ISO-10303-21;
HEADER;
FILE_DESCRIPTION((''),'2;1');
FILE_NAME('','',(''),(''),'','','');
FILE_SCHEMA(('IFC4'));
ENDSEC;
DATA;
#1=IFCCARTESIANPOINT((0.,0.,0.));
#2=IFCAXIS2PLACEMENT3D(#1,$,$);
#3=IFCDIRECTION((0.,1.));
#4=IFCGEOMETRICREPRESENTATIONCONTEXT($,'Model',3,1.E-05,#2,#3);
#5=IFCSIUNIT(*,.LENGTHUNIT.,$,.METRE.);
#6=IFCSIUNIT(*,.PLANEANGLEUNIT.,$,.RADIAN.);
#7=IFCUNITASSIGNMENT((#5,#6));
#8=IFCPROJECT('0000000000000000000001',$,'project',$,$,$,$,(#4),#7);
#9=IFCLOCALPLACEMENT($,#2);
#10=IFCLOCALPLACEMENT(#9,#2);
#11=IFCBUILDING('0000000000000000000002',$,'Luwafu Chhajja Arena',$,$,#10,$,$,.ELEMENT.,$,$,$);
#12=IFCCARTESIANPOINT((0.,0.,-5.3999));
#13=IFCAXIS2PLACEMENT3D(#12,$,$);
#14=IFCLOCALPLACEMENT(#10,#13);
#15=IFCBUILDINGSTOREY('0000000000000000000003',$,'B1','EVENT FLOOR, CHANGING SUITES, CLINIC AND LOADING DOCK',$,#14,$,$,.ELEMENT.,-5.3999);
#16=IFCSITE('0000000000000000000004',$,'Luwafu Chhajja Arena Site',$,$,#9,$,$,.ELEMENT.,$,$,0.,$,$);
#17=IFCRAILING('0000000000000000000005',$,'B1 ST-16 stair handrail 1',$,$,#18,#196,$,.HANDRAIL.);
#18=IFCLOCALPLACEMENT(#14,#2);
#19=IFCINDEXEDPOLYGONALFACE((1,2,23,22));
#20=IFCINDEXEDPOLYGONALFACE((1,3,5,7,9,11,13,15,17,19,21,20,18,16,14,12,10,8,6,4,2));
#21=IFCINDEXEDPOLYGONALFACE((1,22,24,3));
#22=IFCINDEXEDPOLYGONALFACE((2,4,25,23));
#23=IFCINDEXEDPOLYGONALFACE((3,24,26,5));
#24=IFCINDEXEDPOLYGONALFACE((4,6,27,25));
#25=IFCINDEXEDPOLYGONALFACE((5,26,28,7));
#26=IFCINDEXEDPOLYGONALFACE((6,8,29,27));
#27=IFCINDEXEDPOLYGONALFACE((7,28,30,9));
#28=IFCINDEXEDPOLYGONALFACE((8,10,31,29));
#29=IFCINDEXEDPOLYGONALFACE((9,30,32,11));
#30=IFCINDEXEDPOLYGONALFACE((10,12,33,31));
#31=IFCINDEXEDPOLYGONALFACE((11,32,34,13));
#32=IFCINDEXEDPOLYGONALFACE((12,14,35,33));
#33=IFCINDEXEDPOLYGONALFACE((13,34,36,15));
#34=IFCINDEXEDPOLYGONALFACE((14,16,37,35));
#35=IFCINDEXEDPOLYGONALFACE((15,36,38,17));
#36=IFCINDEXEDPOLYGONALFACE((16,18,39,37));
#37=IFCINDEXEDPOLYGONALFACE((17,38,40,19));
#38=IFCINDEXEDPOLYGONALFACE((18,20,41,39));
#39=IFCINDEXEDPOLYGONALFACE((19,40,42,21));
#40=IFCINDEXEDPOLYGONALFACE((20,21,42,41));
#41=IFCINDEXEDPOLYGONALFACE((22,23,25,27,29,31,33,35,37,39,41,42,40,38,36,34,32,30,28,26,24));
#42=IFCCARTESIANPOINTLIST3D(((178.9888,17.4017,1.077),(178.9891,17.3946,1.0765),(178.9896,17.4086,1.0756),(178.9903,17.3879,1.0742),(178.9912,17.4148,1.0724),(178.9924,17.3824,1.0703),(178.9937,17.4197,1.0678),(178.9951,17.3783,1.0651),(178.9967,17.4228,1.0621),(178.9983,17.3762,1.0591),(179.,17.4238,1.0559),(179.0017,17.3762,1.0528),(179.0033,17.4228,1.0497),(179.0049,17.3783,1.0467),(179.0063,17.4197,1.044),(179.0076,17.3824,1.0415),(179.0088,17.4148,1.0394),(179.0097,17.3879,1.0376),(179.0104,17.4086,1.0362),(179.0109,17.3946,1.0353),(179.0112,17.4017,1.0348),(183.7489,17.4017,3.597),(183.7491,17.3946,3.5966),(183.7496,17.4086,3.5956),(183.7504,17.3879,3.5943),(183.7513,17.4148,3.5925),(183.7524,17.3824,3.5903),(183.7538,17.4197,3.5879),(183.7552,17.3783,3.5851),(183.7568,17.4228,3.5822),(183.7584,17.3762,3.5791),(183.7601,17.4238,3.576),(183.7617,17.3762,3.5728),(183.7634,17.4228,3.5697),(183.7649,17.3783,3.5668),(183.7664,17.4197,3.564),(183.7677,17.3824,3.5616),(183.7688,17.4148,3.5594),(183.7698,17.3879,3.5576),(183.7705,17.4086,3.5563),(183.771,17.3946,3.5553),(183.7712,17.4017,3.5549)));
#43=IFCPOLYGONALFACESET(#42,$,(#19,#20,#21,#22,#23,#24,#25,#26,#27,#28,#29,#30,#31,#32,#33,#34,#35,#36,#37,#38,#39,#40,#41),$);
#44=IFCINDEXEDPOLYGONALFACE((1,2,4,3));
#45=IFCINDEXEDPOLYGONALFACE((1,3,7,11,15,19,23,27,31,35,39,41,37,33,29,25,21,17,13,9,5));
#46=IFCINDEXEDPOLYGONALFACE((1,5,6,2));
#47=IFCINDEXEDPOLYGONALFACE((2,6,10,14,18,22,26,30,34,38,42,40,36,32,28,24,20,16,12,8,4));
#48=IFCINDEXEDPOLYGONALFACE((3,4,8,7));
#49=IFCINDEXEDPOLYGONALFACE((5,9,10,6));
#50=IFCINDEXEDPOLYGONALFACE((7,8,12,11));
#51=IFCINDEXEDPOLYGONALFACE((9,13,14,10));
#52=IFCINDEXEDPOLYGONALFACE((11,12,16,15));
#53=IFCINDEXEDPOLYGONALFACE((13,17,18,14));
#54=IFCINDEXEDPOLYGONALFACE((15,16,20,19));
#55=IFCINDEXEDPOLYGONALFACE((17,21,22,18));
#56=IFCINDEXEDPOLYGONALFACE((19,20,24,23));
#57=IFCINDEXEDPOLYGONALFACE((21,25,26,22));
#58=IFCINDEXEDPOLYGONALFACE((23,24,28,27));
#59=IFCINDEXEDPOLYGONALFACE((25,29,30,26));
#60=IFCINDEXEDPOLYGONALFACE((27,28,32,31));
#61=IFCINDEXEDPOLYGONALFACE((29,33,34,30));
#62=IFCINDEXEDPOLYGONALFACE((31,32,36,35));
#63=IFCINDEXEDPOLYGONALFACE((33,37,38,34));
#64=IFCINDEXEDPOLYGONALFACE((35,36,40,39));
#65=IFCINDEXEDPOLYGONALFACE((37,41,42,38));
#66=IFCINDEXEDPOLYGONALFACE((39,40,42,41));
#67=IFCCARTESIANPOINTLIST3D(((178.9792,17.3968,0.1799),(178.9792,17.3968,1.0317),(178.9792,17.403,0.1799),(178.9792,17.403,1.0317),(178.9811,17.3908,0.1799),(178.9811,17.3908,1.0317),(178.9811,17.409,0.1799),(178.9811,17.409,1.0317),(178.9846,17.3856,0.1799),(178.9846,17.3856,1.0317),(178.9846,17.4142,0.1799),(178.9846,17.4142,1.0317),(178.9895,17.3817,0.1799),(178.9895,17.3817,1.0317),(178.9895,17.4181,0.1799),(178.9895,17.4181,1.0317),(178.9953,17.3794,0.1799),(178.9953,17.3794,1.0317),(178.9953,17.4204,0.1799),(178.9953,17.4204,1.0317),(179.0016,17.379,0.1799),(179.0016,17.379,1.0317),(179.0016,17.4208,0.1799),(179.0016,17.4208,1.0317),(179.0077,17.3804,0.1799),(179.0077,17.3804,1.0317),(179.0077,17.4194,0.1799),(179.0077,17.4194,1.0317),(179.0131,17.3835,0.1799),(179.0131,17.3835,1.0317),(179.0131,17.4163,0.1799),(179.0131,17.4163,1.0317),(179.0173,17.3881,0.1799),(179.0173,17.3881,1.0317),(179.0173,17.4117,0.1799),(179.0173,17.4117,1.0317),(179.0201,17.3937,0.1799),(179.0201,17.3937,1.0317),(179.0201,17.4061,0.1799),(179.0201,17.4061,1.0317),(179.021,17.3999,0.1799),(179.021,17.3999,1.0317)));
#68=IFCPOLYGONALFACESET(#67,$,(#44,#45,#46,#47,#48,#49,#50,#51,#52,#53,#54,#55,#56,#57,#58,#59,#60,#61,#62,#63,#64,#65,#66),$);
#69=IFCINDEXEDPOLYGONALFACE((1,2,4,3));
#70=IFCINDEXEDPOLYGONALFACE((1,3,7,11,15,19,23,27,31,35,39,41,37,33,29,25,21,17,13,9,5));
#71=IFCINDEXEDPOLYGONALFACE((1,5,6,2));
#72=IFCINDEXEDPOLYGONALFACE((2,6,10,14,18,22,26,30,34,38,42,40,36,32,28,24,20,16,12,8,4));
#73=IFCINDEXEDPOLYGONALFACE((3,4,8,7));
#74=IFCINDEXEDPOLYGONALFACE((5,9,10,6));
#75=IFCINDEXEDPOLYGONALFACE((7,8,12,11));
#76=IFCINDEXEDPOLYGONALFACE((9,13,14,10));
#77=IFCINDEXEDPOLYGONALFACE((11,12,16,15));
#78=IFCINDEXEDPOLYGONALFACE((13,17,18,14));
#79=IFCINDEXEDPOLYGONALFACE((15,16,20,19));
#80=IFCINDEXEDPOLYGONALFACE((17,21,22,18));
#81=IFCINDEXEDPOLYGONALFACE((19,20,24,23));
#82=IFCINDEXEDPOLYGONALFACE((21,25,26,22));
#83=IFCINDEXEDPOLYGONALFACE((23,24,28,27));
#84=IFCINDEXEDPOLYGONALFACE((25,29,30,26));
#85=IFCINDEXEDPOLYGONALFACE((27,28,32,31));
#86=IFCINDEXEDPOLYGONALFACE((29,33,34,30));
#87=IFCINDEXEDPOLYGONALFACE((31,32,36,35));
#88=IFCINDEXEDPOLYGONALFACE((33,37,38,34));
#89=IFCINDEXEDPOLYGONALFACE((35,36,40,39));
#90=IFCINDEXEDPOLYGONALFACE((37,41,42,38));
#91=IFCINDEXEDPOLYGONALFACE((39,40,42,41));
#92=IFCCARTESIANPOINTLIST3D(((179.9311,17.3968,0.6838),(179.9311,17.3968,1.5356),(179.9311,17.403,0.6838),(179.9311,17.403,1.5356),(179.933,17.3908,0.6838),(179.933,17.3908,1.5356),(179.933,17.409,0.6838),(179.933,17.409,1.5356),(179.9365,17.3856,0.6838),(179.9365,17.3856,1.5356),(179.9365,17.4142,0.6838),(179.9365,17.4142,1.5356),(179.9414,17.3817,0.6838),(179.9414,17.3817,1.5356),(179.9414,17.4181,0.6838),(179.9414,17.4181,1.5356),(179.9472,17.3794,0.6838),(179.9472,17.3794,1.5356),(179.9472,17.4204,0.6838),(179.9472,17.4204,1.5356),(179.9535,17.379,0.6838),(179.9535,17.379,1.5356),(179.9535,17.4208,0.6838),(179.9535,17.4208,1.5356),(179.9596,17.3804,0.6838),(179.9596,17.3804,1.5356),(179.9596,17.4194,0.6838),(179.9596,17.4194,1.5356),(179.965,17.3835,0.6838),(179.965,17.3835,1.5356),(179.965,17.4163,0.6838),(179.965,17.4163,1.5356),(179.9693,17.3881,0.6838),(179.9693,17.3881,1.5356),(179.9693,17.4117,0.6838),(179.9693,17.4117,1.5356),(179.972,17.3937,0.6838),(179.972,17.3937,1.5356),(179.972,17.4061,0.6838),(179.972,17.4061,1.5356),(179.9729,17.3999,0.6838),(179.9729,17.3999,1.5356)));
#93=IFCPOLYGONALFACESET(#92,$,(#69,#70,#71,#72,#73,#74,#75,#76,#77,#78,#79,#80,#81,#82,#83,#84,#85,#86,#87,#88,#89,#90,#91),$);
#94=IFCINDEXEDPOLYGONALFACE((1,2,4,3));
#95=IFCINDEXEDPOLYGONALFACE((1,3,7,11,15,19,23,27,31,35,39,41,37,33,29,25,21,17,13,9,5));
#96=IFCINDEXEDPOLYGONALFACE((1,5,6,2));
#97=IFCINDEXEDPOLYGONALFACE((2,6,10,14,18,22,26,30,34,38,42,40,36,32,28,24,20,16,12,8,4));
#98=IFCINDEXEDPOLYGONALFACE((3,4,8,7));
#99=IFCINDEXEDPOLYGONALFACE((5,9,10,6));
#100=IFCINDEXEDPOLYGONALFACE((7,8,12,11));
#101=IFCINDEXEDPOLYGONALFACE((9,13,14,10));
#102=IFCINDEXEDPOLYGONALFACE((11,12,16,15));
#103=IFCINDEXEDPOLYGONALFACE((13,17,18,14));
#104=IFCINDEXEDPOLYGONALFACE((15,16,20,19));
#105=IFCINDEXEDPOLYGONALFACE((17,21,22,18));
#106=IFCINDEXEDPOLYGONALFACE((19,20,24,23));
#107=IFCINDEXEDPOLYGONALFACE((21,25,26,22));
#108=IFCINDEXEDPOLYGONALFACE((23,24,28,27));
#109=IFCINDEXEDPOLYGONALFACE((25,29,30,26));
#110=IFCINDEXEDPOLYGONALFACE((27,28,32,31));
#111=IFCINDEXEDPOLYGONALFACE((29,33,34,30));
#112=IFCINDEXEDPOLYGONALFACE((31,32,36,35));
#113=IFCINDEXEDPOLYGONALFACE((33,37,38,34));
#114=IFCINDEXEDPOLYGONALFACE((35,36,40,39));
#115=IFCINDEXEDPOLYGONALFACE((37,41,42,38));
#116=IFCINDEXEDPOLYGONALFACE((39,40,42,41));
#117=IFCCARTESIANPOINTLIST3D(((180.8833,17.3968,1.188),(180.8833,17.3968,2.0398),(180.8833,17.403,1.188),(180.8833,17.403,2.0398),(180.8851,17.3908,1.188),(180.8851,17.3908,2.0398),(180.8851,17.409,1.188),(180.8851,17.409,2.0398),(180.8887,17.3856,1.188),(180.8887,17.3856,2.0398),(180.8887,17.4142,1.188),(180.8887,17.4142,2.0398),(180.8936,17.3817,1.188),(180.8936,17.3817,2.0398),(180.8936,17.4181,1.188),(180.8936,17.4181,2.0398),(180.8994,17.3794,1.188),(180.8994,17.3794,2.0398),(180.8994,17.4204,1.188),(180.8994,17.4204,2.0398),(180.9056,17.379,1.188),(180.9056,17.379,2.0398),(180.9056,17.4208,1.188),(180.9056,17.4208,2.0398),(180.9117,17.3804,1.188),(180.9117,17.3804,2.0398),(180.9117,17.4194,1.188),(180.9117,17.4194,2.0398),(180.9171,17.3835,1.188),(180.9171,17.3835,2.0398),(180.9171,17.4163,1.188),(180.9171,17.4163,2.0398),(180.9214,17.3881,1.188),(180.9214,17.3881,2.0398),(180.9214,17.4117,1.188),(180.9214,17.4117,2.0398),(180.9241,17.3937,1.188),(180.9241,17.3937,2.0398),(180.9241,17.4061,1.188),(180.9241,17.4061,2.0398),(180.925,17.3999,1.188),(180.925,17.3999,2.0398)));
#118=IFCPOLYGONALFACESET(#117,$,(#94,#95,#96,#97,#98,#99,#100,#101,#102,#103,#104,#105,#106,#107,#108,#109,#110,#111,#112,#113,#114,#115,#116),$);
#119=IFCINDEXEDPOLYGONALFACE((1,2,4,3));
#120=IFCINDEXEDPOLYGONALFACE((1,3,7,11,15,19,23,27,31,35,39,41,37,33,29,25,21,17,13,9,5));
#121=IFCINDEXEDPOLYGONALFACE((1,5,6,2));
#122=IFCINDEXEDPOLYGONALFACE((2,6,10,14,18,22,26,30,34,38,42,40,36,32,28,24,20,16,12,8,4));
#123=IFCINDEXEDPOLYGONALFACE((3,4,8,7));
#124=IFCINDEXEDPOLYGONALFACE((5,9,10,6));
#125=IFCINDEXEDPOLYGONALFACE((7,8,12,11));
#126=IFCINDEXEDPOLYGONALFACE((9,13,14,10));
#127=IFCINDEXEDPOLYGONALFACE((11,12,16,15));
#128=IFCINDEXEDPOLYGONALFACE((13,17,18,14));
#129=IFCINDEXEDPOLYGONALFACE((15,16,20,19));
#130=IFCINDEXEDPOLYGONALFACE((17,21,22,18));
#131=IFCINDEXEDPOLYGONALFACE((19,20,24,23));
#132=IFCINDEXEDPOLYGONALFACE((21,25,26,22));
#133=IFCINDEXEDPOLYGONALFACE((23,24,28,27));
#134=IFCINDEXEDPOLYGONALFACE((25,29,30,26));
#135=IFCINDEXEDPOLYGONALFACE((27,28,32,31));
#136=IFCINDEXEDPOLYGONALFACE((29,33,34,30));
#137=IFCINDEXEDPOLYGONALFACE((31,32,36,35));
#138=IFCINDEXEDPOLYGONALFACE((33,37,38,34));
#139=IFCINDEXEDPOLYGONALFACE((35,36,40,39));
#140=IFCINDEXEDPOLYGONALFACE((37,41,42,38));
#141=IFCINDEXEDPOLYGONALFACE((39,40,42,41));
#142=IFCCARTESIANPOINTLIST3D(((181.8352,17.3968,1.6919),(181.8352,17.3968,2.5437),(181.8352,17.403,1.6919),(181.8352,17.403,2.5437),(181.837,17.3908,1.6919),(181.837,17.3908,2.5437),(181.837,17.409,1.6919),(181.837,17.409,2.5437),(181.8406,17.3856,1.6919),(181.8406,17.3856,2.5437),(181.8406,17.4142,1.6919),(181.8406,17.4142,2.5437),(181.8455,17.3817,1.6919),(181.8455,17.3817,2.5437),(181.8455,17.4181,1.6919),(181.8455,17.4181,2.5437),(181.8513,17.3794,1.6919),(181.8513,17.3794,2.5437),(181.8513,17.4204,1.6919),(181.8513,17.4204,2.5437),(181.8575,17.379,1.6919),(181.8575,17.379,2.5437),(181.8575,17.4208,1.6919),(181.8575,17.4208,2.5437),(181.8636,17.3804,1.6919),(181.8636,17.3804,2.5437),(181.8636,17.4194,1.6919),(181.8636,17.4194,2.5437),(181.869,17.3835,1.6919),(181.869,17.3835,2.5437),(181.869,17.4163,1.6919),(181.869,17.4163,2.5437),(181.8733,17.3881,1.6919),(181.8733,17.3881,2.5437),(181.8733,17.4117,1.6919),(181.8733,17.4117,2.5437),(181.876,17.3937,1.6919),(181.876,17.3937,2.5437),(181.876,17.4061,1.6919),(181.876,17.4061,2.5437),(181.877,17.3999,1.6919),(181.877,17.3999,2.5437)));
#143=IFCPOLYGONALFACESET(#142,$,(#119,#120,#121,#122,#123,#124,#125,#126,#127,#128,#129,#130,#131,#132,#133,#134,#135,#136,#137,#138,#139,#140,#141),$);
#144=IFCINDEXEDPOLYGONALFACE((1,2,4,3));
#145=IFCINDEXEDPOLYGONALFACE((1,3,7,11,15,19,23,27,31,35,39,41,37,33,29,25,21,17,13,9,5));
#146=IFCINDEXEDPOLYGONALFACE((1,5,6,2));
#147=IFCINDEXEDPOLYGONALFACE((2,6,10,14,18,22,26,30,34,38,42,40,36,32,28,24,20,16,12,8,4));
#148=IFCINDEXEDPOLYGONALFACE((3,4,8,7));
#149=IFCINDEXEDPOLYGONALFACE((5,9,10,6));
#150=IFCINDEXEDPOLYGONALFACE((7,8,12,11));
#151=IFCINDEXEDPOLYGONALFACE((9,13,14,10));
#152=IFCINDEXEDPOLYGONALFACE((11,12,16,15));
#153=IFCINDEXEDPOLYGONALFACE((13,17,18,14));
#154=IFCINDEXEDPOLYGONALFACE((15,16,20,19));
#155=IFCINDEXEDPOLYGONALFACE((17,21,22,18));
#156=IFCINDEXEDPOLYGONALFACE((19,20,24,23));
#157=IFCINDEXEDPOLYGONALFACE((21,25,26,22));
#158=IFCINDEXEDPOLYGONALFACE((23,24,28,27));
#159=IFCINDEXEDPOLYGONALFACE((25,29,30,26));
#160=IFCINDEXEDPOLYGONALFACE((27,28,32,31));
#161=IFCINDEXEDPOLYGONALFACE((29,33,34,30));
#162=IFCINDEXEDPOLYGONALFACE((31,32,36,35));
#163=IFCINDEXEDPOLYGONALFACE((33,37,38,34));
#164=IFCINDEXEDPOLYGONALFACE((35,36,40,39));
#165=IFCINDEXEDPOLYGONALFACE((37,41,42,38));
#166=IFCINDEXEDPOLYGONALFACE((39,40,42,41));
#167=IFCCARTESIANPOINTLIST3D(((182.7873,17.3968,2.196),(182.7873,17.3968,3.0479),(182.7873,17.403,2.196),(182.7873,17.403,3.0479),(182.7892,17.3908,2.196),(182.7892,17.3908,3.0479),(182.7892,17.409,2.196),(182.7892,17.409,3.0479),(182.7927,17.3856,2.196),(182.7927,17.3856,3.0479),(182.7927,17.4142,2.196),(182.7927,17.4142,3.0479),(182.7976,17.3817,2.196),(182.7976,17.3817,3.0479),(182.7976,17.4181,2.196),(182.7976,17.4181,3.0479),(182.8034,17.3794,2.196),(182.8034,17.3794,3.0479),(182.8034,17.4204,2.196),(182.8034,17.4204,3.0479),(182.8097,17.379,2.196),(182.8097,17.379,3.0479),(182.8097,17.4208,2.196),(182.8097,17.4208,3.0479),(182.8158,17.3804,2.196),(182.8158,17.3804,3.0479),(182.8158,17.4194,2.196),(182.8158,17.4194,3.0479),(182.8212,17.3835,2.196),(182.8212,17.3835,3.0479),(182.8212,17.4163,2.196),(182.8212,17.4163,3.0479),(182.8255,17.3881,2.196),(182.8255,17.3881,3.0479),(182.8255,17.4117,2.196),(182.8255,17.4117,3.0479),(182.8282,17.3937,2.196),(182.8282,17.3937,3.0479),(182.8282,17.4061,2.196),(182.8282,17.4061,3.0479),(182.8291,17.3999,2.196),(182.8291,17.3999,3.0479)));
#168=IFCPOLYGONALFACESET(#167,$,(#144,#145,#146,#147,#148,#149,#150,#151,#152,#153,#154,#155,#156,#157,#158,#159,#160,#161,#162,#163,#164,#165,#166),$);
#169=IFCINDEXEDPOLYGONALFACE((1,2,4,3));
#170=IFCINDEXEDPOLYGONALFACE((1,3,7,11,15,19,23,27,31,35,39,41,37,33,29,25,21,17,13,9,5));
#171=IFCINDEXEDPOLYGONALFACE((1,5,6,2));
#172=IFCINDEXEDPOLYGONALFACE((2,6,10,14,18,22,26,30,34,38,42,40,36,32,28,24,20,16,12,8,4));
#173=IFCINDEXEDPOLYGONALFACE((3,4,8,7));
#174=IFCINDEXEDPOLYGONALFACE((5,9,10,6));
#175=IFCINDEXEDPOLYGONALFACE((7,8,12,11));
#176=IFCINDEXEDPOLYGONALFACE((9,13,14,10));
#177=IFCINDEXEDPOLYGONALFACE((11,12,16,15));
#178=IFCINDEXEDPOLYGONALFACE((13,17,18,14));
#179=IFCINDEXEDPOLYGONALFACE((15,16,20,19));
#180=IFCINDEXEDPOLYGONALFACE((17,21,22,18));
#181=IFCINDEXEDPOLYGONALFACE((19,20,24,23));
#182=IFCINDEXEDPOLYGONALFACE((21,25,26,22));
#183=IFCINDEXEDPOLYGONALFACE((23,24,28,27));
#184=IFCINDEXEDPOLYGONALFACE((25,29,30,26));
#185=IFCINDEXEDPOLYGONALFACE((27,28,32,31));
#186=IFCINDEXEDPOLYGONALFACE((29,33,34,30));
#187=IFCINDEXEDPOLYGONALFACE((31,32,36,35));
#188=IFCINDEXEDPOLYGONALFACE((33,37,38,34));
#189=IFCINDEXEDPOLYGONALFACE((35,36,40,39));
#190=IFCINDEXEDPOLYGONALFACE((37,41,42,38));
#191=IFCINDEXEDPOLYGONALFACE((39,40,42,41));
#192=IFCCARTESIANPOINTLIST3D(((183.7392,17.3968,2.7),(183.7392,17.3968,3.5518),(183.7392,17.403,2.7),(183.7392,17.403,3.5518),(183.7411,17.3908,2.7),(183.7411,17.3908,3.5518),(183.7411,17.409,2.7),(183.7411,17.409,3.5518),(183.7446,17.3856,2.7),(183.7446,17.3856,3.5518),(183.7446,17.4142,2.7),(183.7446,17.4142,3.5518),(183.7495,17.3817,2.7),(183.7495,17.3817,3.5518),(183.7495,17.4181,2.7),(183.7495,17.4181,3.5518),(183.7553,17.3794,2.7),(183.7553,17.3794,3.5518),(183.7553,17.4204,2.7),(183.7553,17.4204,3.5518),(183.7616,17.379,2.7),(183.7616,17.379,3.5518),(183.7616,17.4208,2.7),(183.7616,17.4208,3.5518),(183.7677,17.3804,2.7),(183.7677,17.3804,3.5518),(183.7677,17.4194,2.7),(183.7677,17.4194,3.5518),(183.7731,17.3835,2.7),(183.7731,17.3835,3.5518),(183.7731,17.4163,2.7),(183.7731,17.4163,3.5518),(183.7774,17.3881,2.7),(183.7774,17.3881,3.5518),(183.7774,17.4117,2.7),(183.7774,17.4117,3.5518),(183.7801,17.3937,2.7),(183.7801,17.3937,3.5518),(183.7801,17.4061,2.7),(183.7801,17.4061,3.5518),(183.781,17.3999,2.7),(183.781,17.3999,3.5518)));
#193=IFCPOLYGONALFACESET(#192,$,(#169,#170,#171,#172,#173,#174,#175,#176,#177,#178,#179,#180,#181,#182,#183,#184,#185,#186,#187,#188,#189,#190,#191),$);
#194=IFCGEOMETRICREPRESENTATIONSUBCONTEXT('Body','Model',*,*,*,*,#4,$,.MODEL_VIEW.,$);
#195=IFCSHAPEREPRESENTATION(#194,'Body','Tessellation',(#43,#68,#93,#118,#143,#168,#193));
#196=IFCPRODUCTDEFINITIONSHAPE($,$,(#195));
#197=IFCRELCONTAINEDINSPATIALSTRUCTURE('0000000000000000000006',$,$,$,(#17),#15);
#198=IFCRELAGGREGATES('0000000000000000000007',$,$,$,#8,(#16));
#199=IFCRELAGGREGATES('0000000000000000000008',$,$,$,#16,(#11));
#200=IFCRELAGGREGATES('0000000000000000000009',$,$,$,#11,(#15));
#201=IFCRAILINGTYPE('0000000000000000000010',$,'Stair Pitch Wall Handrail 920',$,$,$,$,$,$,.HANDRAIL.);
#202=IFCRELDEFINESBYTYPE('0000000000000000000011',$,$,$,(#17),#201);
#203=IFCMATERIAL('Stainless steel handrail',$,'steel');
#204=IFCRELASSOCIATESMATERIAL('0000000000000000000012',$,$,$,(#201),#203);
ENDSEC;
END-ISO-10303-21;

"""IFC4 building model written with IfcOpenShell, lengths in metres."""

from ifc_helpers import new_model, si_unit, direction, frame, origin, origin_2d, place, context, subcontext, project, spatial, circle, extrude, material, type_object, element, save


model = new_model("IFC4")

# Units and contexts
model_context = context("Model", 3, precision=1e-05, world=origin(), true_north=direction((0.0, 1.0)))
body_context = subcontext(model_context, "Body", "Model", "MODEL_VIEW")
ifc_project = project(units=[si_unit("LENGTHUNIT", "METRE"), si_unit("PLANEANGLEUNIT", "RADIAN")], contexts=[model_context])

# Site, building, storey
site_placement = place(None, origin())
site = spatial("IfcSite", under=ifc_project, at=site_placement, Name="Luwafu Chhajja Arena Site", CompositionType="ELEMENT", RefElevation=0.0)
building_placement = place(site_placement, origin())
building = spatial("IfcBuilding", under=site, at=building_placement, Name="Luwafu Chhajja Arena", CompositionType="ELEMENT")
storey_placement = place(building_placement, frame((0.0, 0.0, -5.3999)))
storey = spatial("IfcBuildingStorey", under=building, at=storey_placement, Name="B1", Description="EVENT FLOOR, CHANGING SUITES, CLINIC AND LOADING DOCK", CompositionType="ELEMENT", Elevation=-5.3999)

# Railing
ifc_material_1 = material(Name="Stainless steel handrail", Category="steel")
railing_type_1 = type_object("IfcRailingType", Name="Stair Pitch Wall Handrail 920", PredefinedType="HANDRAIL", material=ifc_material_1)
railing_1_placement = place(storey_placement, frame((179.0, 17.3999, 0.1799)))
element("IfcRailing", 1, at=railing_1_placement, inside=storey, type_object=railing_type_1, Name="B1 ST-16 stair handrail 1", PredefinedType="HANDRAIL", context=body_context, shape_type="SweptSolid", body=[
    extrude(circle(Radius=0.0239, at=origin_2d()), frame((0.0, 0.0, 0.876), z_axis=(0.883787, 0.0, 0.46789), x_axis=(0.0, 1.0, 0.0)), (0.0, 0.0, 1.0), 5.386),
    extrude(circle(Radius=0.021, at=origin_2d()), origin(), (0.0, 0.0, 1.0), 0.8518),
    extrude(circle(Radius=0.021, at=origin_2d()), frame((0.9519, 0.0, 0.5039)), (0.0, 0.0, 1.0), 0.8518),
    extrude(circle(Radius=0.021, at=origin_2d()), frame((1.9041, 0.0, 1.0081)), (0.0, 0.0, 1.0), 0.8518),
    extrude(circle(Radius=0.021, at=origin_2d()), frame((2.856, 0.0, 1.512)), (0.0, 0.0, 1.0), 0.8518),
    extrude(circle(Radius=0.021, at=origin_2d()), frame((3.8081, 0.0, 2.0161)), (0.0, 0.0, 1.0), 0.8518),
    extrude(circle(Radius=0.021, at=origin_2d()), frame((4.76, 0.0, 2.52)), (0.0, 0.0, 1.0), 0.8518),
])

save(model, "model.ifc")
